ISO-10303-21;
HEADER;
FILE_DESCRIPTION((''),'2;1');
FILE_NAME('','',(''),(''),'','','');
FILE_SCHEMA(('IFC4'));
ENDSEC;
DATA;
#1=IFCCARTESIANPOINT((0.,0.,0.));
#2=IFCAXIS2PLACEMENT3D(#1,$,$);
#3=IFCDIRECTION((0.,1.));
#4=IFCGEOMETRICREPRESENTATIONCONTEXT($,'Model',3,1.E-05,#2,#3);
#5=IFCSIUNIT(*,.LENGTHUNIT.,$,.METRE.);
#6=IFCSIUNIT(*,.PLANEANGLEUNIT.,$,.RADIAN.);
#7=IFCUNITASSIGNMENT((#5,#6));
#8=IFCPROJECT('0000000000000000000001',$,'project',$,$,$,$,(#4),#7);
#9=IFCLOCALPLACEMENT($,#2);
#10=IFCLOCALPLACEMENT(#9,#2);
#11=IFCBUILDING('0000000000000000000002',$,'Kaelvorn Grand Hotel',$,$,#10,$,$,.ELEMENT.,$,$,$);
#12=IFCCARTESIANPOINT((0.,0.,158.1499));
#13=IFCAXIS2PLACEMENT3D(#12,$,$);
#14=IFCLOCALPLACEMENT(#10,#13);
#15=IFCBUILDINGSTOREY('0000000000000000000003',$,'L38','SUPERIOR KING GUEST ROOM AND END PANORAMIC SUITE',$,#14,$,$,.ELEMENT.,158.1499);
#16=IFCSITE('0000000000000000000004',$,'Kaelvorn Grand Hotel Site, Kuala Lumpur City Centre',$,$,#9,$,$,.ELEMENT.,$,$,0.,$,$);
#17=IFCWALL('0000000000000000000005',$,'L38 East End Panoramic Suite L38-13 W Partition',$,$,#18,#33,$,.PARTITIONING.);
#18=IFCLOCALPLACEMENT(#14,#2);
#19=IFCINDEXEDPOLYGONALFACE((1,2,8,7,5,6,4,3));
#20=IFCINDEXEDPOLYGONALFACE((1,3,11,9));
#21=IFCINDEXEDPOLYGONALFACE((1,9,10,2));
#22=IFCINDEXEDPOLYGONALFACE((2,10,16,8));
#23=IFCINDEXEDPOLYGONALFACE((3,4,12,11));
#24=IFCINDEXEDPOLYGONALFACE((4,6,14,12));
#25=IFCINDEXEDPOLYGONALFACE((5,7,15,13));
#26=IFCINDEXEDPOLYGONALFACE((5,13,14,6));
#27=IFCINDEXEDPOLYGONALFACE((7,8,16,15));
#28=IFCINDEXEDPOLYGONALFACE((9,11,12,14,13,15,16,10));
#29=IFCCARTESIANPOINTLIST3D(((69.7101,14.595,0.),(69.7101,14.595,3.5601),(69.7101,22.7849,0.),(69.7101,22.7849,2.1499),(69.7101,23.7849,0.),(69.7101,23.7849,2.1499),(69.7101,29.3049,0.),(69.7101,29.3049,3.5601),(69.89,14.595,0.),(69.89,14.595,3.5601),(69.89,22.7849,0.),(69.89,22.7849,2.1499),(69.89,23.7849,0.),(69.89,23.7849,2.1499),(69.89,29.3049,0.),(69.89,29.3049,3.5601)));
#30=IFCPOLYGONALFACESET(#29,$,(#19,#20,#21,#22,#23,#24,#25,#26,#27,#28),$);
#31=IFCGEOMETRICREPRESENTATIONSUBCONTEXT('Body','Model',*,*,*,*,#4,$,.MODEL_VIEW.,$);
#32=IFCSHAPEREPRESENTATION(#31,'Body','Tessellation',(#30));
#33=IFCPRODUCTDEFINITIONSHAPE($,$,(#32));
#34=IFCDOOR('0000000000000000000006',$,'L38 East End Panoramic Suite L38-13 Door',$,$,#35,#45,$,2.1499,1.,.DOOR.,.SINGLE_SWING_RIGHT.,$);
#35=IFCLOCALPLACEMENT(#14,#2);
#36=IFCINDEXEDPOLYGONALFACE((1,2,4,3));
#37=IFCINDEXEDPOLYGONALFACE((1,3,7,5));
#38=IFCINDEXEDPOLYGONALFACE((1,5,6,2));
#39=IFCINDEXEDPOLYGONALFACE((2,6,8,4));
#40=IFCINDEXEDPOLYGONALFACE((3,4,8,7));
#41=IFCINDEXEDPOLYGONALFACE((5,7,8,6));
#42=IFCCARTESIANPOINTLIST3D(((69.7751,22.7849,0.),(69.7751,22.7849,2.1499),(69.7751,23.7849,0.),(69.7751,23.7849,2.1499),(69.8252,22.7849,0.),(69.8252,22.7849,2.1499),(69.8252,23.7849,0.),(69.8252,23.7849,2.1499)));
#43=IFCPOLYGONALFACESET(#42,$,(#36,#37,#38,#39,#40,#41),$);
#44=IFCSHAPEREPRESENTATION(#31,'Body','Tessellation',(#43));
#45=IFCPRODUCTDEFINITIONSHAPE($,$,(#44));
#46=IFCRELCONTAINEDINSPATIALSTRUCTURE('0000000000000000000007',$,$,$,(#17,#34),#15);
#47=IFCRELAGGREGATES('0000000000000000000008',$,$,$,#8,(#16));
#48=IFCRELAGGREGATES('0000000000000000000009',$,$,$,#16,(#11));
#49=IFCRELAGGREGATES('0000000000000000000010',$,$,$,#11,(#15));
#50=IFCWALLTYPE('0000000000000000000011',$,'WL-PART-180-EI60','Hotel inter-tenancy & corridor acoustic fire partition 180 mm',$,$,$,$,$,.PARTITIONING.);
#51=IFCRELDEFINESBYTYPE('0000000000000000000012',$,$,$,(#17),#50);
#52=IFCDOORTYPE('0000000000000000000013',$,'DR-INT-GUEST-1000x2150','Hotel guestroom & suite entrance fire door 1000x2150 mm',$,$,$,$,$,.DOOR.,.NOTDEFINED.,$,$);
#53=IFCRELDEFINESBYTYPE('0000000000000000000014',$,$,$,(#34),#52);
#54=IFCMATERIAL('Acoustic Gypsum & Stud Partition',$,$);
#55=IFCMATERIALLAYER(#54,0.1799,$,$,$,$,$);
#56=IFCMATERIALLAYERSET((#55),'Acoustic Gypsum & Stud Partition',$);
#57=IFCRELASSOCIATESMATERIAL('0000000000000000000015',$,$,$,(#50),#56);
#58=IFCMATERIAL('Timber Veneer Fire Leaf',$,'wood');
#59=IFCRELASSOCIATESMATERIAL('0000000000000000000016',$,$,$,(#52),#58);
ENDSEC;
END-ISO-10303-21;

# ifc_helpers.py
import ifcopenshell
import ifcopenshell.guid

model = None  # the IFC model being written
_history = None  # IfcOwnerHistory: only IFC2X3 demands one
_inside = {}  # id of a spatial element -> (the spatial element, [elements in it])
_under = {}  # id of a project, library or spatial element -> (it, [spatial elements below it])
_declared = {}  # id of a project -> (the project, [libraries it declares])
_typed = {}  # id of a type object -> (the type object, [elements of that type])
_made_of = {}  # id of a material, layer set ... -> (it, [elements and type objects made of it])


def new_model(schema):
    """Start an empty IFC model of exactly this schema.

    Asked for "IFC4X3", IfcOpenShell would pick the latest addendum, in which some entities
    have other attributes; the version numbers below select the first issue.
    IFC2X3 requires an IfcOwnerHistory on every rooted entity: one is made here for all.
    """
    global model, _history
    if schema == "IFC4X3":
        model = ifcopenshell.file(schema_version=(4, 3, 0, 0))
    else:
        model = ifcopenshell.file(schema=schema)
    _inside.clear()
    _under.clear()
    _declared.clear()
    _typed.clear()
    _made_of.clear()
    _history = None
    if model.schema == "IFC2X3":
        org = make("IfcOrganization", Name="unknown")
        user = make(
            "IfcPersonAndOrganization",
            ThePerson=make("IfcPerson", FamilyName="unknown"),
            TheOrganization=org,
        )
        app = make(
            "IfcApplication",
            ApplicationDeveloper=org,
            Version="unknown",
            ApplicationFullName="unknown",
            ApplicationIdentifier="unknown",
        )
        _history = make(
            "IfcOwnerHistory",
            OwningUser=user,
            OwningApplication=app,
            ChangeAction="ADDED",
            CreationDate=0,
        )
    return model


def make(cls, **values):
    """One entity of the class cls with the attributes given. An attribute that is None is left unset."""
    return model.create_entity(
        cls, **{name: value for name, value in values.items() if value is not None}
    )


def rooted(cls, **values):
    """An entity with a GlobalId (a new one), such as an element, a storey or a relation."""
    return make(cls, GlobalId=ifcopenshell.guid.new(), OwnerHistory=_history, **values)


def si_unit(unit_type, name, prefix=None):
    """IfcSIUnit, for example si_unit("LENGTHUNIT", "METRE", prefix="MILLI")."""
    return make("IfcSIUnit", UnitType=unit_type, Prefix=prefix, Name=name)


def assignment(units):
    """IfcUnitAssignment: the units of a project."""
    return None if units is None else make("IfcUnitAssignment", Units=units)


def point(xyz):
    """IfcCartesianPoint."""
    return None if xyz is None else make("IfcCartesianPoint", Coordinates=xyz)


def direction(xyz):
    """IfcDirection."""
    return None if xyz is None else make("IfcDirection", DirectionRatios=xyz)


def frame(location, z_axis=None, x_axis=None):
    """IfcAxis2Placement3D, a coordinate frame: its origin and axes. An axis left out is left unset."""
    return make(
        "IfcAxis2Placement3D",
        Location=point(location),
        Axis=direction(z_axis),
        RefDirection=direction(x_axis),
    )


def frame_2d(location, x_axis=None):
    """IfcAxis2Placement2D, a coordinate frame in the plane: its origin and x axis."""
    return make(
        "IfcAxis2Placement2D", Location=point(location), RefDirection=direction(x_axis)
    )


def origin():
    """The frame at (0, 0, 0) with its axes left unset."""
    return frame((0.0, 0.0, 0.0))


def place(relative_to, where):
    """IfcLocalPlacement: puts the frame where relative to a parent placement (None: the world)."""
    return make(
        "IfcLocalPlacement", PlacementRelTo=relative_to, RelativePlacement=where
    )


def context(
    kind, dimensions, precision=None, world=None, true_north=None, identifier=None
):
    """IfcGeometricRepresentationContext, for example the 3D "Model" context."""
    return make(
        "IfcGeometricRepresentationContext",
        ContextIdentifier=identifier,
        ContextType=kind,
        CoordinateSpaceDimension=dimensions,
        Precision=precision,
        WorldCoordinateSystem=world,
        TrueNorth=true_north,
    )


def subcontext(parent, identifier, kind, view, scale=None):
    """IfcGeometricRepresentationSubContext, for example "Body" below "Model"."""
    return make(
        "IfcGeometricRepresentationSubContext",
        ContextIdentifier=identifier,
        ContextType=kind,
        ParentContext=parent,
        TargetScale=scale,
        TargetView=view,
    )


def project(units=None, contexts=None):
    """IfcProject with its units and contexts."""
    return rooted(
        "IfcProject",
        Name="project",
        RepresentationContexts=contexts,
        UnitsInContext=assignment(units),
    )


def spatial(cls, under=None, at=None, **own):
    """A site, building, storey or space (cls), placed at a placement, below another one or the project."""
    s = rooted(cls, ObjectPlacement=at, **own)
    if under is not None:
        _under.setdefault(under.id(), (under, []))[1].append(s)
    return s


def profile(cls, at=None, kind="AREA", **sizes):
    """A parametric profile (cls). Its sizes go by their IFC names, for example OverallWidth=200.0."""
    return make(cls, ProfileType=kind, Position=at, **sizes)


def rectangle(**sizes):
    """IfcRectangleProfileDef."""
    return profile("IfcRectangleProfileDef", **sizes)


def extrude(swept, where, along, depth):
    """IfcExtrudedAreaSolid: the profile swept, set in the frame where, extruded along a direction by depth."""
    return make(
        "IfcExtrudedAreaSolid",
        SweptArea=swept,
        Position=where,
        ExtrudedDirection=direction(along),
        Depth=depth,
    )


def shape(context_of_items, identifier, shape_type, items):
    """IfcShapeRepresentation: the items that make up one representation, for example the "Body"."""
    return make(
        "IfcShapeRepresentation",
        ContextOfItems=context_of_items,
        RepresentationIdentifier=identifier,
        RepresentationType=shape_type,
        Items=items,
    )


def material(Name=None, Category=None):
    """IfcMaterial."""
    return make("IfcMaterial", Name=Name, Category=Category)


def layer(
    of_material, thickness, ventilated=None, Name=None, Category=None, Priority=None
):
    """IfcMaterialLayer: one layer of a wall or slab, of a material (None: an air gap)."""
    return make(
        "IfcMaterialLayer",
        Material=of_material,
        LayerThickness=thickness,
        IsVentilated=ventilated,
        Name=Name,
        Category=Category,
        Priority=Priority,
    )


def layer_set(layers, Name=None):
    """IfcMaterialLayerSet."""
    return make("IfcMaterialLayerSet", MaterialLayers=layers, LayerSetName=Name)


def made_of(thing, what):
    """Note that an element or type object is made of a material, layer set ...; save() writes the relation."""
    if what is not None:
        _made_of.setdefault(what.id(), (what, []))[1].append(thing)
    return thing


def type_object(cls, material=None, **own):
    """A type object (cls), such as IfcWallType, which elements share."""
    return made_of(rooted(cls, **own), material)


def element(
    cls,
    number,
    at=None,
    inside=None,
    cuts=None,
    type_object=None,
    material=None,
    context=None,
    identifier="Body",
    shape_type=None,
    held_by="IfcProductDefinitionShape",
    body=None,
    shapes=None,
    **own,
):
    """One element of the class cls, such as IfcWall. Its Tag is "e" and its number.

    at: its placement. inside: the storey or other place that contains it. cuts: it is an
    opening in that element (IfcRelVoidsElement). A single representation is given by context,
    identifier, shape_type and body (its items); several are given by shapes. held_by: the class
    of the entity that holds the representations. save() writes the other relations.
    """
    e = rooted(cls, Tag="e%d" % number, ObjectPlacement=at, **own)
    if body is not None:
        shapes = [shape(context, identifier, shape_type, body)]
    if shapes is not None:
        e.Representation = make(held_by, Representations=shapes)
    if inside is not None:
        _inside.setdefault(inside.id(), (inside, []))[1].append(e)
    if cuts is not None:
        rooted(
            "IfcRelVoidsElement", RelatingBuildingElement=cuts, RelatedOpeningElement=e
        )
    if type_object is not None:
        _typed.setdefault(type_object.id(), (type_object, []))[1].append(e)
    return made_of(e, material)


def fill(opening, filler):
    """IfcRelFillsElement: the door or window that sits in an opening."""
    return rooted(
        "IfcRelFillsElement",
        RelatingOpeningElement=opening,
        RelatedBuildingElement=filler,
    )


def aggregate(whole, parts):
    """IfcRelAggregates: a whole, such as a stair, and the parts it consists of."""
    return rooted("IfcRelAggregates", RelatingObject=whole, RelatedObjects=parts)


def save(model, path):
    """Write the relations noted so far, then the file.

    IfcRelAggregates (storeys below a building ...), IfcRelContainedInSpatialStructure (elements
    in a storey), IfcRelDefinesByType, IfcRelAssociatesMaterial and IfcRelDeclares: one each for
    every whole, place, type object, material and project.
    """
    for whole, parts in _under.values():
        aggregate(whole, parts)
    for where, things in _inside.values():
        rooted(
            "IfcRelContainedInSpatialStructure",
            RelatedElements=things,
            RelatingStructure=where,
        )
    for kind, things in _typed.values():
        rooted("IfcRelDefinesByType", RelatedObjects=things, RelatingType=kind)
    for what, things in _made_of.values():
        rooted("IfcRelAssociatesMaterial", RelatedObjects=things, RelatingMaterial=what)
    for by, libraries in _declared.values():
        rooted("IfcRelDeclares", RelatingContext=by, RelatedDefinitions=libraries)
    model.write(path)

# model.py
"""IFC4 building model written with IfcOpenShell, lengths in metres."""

from ifc_helpers import new_model, si_unit, direction, frame, frame_2d, origin, place, context, subcontext, project, spatial, rectangle, extrude, material, layer, layer_set, type_object, element, fill, save


model = new_model("IFC4")

# Units and contexts
model_context = context("Model", 3, precision=1e-05, world=origin(), true_north=direction((0.0, 1.0)))
body_context = subcontext(model_context, "Body", "Model", "MODEL_VIEW")
ifc_project = project(units=[si_unit("LENGTHUNIT", "METRE"), si_unit("PLANEANGLEUNIT", "RADIAN")], contexts=[model_context])

# Site, building, storey
site_placement = place(None, origin())
site = spatial("IfcSite", under=ifc_project, at=site_placement, Name="Kaelvorn Grand Hotel Site, Kuala Lumpur City Centre", CompositionType="ELEMENT", RefElevation=0.0)
building_placement = place(site_placement, origin())
building = spatial("IfcBuilding", under=site, at=building_placement, Name="Kaelvorn Grand Hotel", CompositionType="ELEMENT")
storey_placement = place(building_placement, frame((0.0, 0.0, 158.1499)))
storey = spatial("IfcBuildingStorey", under=building, at=storey_placement, Name="L38", Description="SUPERIOR KING GUEST ROOM AND END PANORAMIC SUITE", CompositionType="ELEMENT", Elevation=158.1499)

# Shared definitions
ifc_material_1 = material(Name="Acoustic Gypsum & Stud Partition")
ifc_layer_1 = layer(ifc_material_1, 0.1799)
ifc_layer_set_1 = layer_set([ifc_layer_1], Name="Acoustic Gypsum & Stud Partition")
wall_type_1 = type_object("IfcWallType", Name="WL-PART-180-EI60", Description="Hotel inter-tenancy & corridor acoustic fire partition 180 mm", PredefinedType="PARTITIONING", material=ifc_layer_set_1)

# Wall, opening, door
wall_1_placement = place(storey_placement, frame((69.8, 14.595, 0.0), z_axis=(0.0, 0.0, 1.0), x_axis=(0.0, 1.0, 0.0)))
wall_1 = element("IfcWall", 1, at=wall_1_placement, inside=storey, type_object=wall_type_1, Name="L38 East End Panoramic Suite L38-13 W Partition", PredefinedType="PARTITIONING", context=body_context, shape_type="SweptSolid", body=[
    extrude(rectangle(XDim=14.71, YDim=0.1799, at=frame_2d((7.355, 0.0))), origin(), (0.0, 0.0, 1.0), 3.5601),
])
opening_1_placement = place(wall_1_placement, frame((8.1899, 0.0, 0.0)))
opening_1 = element("IfcOpeningElement", 2, at=opening_1_placement, cuts=wall_1, PredefinedType="OPENING", context=body_context, shape_type="SweptSolid", body=[
    extrude(rectangle(XDim=1.0, YDim=2.1499, at=frame_2d((0.5, 1.075))), frame((0.0, 0.1001, 0.0), z_axis=(0.0, -1.0, 0.0), x_axis=(1.0, 0.0, 0.0)), (0.0, 0.0, 1.0), 0.2),
])
ifc_material_2 = material(Name="Timber Veneer Fire Leaf", Category="wood")
door_type_1 = type_object("IfcDoorType", Name="DR-INT-GUEST-1000x2150", Description="Hotel guestroom & suite entrance fire door 1000x2150 mm", OperationType="NOTDEFINED", PredefinedType="DOOR", material=ifc_material_2)
door_1_placement = place(opening_1_placement, origin())
door_1 = element("IfcDoor", 3, at=door_1_placement, inside=storey, type_object=door_type_1, Name="L38 East End Panoramic Suite L38-13 Door", OperationType="SINGLE_SWING_RIGHT", OverallHeight=2.1499, OverallWidth=1.0, PredefinedType="DOOR", context=body_context, shape_type="SweptSolid", body=[
    extrude(rectangle(XDim=1.0, YDim=2.1499, at=frame_2d((0.5, 1.075))), frame((0.0, 0.0249, 0.0), z_axis=(0.0, -1.0, 0.0), x_axis=(1.0, 0.0, 0.0)), (0.0, 0.0, 1.0), 0.05),
])
fill(opening_1, door_1)

save(model, "model.ifc")
